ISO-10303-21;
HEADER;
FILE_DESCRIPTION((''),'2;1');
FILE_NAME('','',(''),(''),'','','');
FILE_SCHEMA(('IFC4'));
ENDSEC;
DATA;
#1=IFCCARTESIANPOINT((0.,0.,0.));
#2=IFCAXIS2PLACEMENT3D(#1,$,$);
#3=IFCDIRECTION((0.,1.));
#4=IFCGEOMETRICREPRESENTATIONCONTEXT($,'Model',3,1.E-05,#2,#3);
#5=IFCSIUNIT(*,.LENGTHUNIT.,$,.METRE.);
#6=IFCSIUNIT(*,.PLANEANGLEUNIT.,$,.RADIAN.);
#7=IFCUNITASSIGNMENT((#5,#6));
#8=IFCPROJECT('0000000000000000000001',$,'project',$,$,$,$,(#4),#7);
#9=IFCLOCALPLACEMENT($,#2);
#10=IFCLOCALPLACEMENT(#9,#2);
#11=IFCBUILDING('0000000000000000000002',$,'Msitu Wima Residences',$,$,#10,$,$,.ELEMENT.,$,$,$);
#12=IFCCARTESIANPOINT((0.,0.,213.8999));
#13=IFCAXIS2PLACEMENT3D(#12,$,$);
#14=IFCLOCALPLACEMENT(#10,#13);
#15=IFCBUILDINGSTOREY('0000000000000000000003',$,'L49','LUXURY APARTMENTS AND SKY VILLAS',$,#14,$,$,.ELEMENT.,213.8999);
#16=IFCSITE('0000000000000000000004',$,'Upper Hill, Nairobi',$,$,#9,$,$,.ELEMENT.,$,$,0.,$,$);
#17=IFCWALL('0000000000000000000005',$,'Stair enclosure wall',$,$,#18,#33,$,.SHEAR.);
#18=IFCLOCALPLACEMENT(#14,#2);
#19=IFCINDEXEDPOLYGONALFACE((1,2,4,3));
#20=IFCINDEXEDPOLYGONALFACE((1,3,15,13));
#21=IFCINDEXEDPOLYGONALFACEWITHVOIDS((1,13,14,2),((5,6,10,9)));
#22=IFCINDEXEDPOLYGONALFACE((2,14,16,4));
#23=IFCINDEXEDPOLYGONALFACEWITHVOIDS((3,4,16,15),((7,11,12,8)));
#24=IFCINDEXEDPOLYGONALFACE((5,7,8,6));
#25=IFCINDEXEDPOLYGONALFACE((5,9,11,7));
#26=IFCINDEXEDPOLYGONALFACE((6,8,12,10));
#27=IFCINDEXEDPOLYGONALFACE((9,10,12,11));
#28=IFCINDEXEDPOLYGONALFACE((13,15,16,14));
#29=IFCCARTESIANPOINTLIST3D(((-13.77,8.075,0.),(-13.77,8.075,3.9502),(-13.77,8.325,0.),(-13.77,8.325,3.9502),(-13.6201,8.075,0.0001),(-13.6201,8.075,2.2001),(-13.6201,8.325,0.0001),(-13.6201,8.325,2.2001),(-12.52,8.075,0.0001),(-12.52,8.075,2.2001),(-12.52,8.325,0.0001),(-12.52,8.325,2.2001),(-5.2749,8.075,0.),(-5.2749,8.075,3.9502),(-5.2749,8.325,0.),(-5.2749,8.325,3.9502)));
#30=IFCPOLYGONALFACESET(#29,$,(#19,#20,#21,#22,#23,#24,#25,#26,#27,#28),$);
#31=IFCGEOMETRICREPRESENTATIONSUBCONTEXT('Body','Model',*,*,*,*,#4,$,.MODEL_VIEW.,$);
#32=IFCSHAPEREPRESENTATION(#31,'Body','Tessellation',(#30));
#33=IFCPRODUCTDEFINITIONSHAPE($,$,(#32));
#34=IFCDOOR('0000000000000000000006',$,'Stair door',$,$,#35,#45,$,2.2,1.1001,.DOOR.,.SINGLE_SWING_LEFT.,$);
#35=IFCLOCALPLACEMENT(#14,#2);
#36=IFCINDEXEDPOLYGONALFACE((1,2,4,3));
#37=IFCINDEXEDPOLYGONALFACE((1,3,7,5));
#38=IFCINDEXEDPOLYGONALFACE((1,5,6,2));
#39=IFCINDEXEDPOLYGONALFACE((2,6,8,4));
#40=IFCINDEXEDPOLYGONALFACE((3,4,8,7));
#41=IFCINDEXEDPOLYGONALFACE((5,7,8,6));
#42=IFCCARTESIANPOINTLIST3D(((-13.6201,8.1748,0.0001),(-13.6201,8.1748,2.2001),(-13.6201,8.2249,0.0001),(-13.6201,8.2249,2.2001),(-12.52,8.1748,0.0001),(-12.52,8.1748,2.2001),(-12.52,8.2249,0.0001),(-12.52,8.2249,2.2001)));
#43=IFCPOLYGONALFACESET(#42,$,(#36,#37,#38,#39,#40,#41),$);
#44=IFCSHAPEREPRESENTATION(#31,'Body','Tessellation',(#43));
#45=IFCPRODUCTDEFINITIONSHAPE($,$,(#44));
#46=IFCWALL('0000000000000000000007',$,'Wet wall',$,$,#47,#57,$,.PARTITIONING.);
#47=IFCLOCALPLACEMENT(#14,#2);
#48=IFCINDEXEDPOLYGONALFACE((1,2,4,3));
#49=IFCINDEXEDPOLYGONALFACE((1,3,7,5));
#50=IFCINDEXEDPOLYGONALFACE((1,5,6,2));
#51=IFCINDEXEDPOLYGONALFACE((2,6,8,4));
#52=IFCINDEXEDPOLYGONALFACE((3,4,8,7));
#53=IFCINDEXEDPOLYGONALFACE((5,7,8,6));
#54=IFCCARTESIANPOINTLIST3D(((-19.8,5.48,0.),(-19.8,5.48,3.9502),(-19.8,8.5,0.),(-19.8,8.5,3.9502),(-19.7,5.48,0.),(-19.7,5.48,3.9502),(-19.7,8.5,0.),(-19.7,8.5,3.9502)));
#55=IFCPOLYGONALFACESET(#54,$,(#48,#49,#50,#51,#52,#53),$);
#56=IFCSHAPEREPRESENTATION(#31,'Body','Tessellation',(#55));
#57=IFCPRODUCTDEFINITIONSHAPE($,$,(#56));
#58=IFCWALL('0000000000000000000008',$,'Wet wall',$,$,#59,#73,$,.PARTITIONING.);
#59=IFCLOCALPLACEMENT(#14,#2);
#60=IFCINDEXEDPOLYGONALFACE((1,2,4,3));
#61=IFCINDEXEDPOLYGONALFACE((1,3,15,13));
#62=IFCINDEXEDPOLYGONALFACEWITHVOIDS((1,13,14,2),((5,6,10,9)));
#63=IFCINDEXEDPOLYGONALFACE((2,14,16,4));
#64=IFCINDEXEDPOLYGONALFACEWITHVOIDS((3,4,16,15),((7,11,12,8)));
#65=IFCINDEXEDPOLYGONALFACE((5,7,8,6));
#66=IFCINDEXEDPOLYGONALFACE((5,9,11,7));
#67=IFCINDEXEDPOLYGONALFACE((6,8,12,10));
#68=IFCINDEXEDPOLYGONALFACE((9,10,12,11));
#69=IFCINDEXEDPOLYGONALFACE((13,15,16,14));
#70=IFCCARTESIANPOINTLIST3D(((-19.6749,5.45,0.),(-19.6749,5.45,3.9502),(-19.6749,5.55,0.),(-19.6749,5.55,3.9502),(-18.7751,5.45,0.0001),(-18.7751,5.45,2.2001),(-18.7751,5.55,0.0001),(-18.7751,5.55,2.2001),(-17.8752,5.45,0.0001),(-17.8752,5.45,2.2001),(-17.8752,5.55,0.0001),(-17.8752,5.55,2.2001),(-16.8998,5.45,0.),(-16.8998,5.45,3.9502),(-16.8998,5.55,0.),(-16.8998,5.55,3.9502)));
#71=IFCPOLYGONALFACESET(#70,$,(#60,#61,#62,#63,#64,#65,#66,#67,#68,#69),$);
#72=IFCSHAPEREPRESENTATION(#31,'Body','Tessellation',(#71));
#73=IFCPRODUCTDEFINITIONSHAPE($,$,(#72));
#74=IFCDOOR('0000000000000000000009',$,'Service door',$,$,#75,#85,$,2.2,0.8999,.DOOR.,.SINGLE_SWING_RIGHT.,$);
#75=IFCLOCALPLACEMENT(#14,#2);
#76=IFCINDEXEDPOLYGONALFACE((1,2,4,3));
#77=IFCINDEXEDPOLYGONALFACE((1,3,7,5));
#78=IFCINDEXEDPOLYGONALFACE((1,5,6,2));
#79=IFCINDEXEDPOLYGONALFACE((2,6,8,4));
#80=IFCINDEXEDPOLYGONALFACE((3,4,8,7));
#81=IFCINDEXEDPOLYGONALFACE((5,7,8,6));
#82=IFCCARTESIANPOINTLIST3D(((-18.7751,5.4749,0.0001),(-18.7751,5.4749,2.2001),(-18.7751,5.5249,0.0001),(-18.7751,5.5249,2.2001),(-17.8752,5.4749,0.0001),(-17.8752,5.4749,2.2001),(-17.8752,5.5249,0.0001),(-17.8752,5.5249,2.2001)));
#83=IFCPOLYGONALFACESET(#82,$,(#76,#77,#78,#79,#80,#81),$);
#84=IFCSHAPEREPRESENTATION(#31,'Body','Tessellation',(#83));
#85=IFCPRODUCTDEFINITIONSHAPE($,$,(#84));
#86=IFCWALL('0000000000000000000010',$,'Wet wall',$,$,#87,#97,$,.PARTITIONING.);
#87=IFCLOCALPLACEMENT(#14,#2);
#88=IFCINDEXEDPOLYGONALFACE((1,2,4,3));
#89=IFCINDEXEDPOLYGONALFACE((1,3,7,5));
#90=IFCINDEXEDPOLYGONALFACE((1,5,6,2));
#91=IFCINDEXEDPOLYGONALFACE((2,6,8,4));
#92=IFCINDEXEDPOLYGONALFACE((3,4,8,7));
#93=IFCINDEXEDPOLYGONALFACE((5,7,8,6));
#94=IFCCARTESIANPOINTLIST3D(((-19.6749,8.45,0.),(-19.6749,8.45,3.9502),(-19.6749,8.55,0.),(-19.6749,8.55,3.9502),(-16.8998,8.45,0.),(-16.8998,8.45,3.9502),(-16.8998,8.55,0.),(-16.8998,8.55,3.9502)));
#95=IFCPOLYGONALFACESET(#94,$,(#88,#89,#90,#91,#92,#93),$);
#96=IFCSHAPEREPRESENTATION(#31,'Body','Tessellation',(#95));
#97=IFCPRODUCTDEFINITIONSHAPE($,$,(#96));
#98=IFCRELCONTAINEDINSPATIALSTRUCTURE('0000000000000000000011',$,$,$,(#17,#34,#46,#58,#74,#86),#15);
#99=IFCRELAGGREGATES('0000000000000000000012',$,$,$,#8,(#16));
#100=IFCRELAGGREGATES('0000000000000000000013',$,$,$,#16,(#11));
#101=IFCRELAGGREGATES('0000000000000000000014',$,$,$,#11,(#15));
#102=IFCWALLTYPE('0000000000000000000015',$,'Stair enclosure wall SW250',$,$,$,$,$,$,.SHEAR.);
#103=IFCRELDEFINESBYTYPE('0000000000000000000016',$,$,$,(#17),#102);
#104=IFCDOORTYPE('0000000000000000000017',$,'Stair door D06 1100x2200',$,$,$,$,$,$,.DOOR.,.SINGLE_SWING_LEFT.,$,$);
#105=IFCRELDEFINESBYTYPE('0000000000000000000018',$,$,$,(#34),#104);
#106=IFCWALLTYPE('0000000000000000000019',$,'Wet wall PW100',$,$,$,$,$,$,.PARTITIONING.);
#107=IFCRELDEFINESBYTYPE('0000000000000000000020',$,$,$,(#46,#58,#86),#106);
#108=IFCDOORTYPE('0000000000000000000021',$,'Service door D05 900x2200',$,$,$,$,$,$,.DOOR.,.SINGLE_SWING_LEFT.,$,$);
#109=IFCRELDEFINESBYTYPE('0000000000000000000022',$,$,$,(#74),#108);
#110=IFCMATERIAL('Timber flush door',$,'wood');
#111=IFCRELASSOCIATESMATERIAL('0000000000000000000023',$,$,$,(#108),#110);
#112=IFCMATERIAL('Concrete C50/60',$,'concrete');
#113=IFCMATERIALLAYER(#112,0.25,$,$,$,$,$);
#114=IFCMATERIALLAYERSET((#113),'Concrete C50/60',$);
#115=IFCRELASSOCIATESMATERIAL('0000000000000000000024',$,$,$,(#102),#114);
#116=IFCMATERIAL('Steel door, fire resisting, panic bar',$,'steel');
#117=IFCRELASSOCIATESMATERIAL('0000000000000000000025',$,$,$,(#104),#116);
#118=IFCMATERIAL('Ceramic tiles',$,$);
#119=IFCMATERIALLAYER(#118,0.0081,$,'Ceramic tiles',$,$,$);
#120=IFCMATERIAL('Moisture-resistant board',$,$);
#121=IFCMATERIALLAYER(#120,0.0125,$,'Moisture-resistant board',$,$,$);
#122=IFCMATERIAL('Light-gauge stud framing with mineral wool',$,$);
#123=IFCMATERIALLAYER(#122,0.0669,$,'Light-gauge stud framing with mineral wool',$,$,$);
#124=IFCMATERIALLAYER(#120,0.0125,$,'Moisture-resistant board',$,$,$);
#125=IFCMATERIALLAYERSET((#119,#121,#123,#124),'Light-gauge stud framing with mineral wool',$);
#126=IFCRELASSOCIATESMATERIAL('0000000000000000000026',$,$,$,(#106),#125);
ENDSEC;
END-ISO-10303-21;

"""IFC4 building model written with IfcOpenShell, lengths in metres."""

from ifc_helpers import new_model, si_unit, direction, frame, frame_2d, origin, place, context, subcontext, project, spatial, rectangle, extrude, material, layer, layer_set, type_object, element, fill, save


model = new_model("IFC4")

# Units and contexts
model_context = context("Model", 3, precision=1e-05, world=origin(), true_north=direction((0.0, 1.0)))
body_context = subcontext(model_context, "Body", "Model", "MODEL_VIEW")
ifc_project = project(units=[si_unit("LENGTHUNIT", "METRE"), si_unit("PLANEANGLEUNIT", "RADIAN")], contexts=[model_context])

# Site, building, storey
site_placement = place(None, origin())
site = spatial("IfcSite", under=ifc_project, at=site_placement, Name="Upper Hill, Nairobi", CompositionType="ELEMENT", RefElevation=0.0)
building_placement = place(site_placement, origin())
building = spatial("IfcBuilding", under=site, at=building_placement, Name="Msitu Wima Residences", CompositionType="ELEMENT")
storey_placement = place(building_placement, frame((0.0, 0.0, 213.8999)))
storey = spatial("IfcBuildingStorey", under=building, at=storey_placement, Name="L49", Description="LUXURY APARTMENTS AND SKY VILLAS", CompositionType="ELEMENT", Elevation=213.8999)

# Shared definitions
ifc_material_1 = material(Name="Concrete C50/60", Category="concrete")

# Shared definitions
ifc_material_2 = material(Name="Timber flush door", Category="wood")
door_type_1 = type_object("IfcDoorType", Name="Service door D05 900x2200", OperationType="SINGLE_SWING_LEFT", PredefinedType="DOOR", material=ifc_material_2)

# Shared definitions
ifc_material_3 = material(Name="Light-gauge stud framing with mineral wool")

# Wall, opening, door
ifc_layer_1 = layer(ifc_material_1, 0.25)
ifc_layer_set_1 = layer_set([ifc_layer_1], Name="Concrete C50/60")
wall_type_1 = type_object("IfcWallType", Name="Stair enclosure wall SW250", PredefinedType="SHEAR", material=ifc_layer_set_1)
wall_1_placement = place(storey_placement, frame((-13.77, 8.2, 0.0), z_axis=(0.0, 0.0, 1.0), x_axis=(1.0, 0.0, 0.0)))
wall_1 = element("IfcWall", 1, at=wall_1_placement, inside=storey, type_object=wall_type_1, Name="Stair enclosure wall", PredefinedType="SHEAR", context=body_context, shape_type="SweptSolid", body=[
    extrude(rectangle(XDim=8.4951, YDim=0.25, at=frame_2d((4.2476, 0.0))), origin(), (0.0, 0.0, 1.0), 3.9502),
])
opening_1_placement = place(wall_1_placement, frame((0.1499, 0.0, 0.0)))
opening_1 = element("IfcOpeningElement", 2, at=opening_1_placement, cuts=wall_1, PredefinedType="OPENING", context=body_context, shape_type="SweptSolid", body=[
    extrude(rectangle(XDim=1.1001, YDim=2.2, at=frame_2d((0.55, 1.1001))), frame((0.0, 0.135, 0.0), z_axis=(0.0, -1.0, 0.0), x_axis=(1.0, 0.0, 0.0)), (0.0, 0.0, 1.0), 0.27),
])
ifc_material_4 = material(Name="Steel door, fire resisting, panic bar", Category="steel")
door_type_2 = type_object("IfcDoorType", Name="Stair door D06 1100x2200", OperationType="SINGLE_SWING_LEFT", PredefinedType="DOOR", material=ifc_material_4)
door_1_placement = place(opening_1_placement, origin())
door_1 = element("IfcDoor", 3, at=door_1_placement, inside=storey, type_object=door_type_2, Name="Stair door", OperationType="SINGLE_SWING_LEFT", OverallHeight=2.2, OverallWidth=1.1001, PredefinedType="DOOR", context=body_context, shape_type="SweptSolid", body=[
    extrude(rectangle(XDim=1.1001, YDim=2.2, at=frame_2d((0.55, 1.1001))), frame((0.0, 0.0249, 0.0), z_axis=(0.0, -1.0, 0.0), x_axis=(1.0, 0.0, 0.0)), (0.0, 0.0, 1.0), 0.05),
])
fill(opening_1, door_1)

# Wall
ifc_material_5 = material(Name="Ceramic tiles")
ifc_layer_2 = layer(ifc_material_5, 0.0081, Name="Ceramic tiles")
ifc_material_6 = material(Name="Moisture-resistant board")
ifc_layer_3 = layer(ifc_material_6, 0.0125, Name="Moisture-resistant board")
ifc_layer_4 = layer(ifc_material_3, 0.0669, Name="Light-gauge stud framing with mineral wool")
ifc_layer_5 = layer(ifc_material_6, 0.0125, Name="Moisture-resistant board")
ifc_layer_set_2 = layer_set([ifc_layer_2, ifc_layer_3, ifc_layer_4, ifc_layer_5], Name="Light-gauge stud framing with mineral wool")
wall_type_2 = type_object("IfcWallType", Name="Wet wall PW100", PredefinedType="PARTITIONING", material=ifc_layer_set_2)
wall_2_placement = place(storey_placement, frame((-19.75, 5.48, 0.0), z_axis=(0.0, 0.0, 1.0), x_axis=(0.0, 1.0, 0.0)))
element("IfcWall", 4, at=wall_2_placement, inside=storey, type_object=wall_type_2, Name="Wet wall", PredefinedType="PARTITIONING", context=body_context, shape_type="SweptSolid", body=[
    extrude(rectangle(XDim=3.02, YDim=0.1001, at=frame_2d((1.51, 0.0))), origin(), (0.0, 0.0, 1.0), 3.9502),
])

# Wall, opening, door
wall_3_placement = place(storey_placement, frame((-19.675, 5.5, 0.0), z_axis=(0.0, 0.0, 1.0), x_axis=(1.0, 0.0, 0.0)))
wall_3 = element("IfcWall", 5, at=wall_3_placement, inside=storey, type_object=wall_type_2, Name="Wet wall", PredefinedType="PARTITIONING", context=body_context, shape_type="SweptSolid", body=[
    extrude(rectangle(XDim=2.7751, YDim=0.1001, at=frame_2d((1.3877, 0.0))), origin(), (0.0, 0.0, 1.0), 3.9502),
])
opening_2_placement = place(wall_3_placement, frame((0.8999, 0.0, 0.0)))
opening_2 = element("IfcOpeningElement", 6, at=opening_2_placement, cuts=wall_3, PredefinedType="OPENING", context=body_context, shape_type="SweptSolid", body=[
    extrude(rectangle(XDim=0.8999, YDim=2.2, at=frame_2d((0.45, 1.1001))), frame((0.0, 0.0601, 0.0), z_axis=(0.0, -1.0, 0.0), x_axis=(1.0, 0.0, 0.0)), (0.0, 0.0, 1.0), 0.1201),
])
door_2_placement = place(opening_2_placement, origin())
door_2 = element("IfcDoor", 7, at=door_2_placement, inside=storey, type_object=door_type_1, Name="Service door", OperationType="SINGLE_SWING_RIGHT", OverallHeight=2.2, OverallWidth=0.8999, PredefinedType="DOOR", context=body_context, shape_type="SweptSolid", body=[
    extrude(rectangle(XDim=0.8999, YDim=2.2, at=frame_2d((0.45, 1.1001))), frame((0.0, 0.0249, 0.0), z_axis=(0.0, -1.0, 0.0), x_axis=(1.0, 0.0, 0.0)), (0.0, 0.0, 1.0), 0.05),
])
fill(opening_2, door_2)

# Wall
wall_4_placement = place(storey_placement, frame((-19.675, 8.5, 0.0), z_axis=(0.0, 0.0, 1.0), x_axis=(1.0, 0.0, 0.0)))
element("IfcWall", 8, at=wall_4_placement, inside=storey, type_object=wall_type_2, Name="Wet wall", PredefinedType="PARTITIONING", context=body_context, shape_type="SweptSolid", body=[
    extrude(rectangle(XDim=2.7751, YDim=0.1001, at=frame_2d((1.3877, 0.0))), origin(), (0.0, 0.0, 1.0), 3.9502),
])

save(model, "model.ifc")
